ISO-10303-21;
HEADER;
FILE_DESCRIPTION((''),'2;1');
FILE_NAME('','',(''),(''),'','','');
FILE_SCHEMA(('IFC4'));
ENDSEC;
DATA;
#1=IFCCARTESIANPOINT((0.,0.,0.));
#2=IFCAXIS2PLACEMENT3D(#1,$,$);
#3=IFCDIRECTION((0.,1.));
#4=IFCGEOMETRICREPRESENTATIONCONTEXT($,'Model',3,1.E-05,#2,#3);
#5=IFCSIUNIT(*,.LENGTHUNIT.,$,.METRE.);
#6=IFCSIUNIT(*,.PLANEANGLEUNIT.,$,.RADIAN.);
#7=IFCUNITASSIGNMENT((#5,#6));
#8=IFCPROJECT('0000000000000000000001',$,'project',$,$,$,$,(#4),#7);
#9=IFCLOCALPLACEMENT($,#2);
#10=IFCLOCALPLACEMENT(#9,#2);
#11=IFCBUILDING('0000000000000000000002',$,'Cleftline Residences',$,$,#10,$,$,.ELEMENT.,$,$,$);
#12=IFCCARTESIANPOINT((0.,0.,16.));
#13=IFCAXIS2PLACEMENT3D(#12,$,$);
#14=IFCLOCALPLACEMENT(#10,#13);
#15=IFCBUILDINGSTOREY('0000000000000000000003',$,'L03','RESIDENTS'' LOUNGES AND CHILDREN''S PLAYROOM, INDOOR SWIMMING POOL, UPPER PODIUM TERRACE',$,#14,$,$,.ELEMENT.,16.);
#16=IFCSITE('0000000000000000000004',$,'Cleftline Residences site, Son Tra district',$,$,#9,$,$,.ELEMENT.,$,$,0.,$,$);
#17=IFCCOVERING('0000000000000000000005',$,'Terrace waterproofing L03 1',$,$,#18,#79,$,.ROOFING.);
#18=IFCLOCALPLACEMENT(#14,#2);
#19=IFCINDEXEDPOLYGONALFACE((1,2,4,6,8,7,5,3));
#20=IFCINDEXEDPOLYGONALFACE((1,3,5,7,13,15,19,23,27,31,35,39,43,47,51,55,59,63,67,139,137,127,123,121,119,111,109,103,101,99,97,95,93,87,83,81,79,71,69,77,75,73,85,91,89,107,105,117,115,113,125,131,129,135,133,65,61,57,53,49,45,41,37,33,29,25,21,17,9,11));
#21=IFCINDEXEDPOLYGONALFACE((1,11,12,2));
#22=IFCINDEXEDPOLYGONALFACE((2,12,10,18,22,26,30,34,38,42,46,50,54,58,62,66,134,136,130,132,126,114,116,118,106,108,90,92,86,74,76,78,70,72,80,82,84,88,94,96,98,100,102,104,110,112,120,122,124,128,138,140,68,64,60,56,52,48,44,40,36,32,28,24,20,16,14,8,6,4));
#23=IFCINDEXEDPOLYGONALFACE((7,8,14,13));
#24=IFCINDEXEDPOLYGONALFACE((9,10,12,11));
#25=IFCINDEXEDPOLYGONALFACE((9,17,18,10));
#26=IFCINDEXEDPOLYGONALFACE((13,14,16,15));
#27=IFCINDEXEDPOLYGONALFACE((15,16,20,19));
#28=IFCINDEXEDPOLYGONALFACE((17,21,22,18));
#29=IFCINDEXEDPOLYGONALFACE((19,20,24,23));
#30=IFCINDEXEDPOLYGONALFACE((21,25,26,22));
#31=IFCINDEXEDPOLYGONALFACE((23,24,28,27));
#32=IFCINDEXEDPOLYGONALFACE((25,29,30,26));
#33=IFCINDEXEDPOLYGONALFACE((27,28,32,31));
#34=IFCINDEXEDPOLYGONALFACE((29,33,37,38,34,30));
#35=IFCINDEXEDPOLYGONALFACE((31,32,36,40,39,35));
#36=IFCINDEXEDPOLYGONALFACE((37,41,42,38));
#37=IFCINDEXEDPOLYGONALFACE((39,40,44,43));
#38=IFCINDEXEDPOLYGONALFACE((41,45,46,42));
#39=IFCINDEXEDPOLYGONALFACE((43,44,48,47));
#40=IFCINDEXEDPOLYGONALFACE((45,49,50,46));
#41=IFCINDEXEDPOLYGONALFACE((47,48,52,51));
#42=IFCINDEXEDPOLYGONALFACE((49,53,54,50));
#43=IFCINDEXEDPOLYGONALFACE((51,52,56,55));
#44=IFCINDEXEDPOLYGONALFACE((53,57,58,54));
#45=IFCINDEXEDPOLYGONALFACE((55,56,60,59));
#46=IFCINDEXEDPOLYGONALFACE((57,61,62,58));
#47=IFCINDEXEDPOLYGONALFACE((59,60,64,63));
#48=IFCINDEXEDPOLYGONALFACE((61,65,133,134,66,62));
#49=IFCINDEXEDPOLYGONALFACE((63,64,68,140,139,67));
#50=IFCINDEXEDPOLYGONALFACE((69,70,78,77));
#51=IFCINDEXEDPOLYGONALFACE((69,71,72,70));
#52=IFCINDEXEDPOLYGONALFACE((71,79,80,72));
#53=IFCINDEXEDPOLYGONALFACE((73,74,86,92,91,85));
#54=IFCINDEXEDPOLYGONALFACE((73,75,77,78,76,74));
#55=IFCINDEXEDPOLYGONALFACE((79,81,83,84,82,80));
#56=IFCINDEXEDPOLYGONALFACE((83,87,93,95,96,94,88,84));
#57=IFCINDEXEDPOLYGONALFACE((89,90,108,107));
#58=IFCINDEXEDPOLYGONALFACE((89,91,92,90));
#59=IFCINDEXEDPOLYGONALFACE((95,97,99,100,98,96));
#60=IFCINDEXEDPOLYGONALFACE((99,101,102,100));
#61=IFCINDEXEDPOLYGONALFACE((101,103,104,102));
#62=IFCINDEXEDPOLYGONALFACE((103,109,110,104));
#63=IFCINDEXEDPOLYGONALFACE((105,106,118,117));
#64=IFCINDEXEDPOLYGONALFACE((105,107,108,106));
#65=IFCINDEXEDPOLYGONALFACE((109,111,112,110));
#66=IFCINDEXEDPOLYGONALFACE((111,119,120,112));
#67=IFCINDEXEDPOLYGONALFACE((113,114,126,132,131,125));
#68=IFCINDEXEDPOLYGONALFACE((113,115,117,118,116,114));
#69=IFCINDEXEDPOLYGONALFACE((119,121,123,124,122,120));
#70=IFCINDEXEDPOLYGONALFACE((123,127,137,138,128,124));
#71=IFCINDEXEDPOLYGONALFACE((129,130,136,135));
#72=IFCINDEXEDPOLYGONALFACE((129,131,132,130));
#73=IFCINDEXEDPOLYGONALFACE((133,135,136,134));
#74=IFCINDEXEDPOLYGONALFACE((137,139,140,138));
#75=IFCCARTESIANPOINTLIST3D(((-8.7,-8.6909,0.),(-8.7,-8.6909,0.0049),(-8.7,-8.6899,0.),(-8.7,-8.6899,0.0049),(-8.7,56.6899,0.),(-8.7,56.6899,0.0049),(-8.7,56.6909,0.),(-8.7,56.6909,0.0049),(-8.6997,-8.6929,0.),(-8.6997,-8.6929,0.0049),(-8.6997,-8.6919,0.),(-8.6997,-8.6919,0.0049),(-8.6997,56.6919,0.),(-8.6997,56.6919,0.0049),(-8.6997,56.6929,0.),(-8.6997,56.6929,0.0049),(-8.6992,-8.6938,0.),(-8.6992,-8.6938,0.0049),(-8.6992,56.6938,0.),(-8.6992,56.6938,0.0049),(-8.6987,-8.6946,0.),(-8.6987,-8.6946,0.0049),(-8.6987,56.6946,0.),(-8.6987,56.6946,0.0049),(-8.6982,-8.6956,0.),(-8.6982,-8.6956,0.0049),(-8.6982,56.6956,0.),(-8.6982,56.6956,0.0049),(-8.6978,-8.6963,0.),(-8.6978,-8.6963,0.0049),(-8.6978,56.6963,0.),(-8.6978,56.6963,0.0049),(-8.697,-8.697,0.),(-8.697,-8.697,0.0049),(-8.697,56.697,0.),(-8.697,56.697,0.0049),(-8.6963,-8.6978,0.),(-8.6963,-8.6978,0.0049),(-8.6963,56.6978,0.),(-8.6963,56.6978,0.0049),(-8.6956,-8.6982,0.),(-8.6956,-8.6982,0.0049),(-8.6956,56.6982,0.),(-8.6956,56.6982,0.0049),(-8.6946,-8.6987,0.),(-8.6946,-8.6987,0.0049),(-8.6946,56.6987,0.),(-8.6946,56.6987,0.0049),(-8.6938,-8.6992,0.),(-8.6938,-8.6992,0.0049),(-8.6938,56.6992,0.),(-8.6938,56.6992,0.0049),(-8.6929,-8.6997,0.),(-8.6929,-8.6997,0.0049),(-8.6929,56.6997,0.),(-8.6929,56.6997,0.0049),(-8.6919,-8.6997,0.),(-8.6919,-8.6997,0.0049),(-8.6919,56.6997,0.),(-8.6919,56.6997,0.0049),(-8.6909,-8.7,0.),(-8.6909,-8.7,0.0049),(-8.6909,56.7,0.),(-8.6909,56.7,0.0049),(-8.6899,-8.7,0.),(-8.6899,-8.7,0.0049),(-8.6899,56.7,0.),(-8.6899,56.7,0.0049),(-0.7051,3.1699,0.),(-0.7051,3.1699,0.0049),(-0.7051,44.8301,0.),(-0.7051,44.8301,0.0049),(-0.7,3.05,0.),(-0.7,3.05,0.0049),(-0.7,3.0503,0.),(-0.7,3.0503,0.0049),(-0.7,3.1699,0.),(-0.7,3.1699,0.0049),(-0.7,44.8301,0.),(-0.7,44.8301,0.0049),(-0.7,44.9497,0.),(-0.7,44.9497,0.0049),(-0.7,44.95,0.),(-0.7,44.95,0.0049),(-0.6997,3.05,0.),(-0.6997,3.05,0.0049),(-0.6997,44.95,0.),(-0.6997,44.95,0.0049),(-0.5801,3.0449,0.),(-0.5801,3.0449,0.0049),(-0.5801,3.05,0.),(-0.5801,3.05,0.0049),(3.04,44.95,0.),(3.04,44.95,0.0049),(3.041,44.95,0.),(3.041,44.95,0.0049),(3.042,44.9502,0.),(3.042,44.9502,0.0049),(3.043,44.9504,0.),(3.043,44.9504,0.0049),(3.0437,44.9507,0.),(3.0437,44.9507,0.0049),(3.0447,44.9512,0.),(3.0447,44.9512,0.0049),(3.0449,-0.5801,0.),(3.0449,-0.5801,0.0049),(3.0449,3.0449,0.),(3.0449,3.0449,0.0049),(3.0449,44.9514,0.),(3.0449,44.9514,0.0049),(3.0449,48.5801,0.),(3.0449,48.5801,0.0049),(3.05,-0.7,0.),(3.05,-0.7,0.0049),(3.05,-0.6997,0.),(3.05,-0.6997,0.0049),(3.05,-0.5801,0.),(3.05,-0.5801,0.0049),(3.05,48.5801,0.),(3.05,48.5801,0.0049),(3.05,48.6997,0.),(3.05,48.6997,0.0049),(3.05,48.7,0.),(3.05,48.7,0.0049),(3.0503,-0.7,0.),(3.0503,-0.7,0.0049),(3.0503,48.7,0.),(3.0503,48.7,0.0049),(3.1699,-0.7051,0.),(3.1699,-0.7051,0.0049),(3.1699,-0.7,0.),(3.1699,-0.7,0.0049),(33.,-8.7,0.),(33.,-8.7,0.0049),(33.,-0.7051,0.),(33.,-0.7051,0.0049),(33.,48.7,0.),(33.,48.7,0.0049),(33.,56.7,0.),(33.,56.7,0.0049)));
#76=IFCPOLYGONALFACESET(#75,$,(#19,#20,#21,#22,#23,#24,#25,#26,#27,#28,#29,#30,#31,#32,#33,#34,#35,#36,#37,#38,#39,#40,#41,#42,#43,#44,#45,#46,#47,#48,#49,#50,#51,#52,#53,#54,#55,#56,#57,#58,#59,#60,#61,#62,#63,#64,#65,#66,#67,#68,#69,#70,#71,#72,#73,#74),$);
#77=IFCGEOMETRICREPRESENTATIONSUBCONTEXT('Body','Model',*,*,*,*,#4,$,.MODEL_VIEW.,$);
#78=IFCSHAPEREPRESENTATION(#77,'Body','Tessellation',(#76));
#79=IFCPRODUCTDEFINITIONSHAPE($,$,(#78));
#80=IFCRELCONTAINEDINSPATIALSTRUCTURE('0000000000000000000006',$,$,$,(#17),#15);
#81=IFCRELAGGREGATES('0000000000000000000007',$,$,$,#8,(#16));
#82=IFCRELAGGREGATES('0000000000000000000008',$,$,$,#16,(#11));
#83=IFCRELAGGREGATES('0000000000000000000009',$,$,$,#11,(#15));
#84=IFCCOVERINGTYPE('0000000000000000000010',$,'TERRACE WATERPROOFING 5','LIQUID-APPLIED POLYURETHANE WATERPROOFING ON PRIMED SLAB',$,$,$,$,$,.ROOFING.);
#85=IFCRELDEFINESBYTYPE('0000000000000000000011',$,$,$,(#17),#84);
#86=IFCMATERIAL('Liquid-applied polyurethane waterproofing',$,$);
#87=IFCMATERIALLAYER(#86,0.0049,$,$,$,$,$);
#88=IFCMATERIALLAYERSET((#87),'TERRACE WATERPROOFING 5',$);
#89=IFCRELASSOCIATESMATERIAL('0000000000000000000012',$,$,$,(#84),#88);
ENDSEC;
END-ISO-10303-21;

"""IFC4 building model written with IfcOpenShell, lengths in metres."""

from ifc_helpers import new_model, si_unit, direction, frame, origin, place, context, subcontext, project, spatial, polyline, outline, extrude, material, layer, layer_set, type_object, element, save


model = new_model("IFC4")

# Units and contexts
model_context = context("Model", 3, precision=1e-05, world=origin(), true_north=direction((0.0, 1.0)))
body_context = subcontext(model_context, "Body", "Model", "MODEL_VIEW")
ifc_project = project(units=[si_unit("LENGTHUNIT", "METRE"), si_unit("PLANEANGLEUNIT", "RADIAN")], contexts=[model_context])

# Site, building, storey
site_placement = place(None, origin())
site = spatial("IfcSite", under=ifc_project, at=site_placement, Name="Cleftline Residences site, Son Tra district", CompositionType="ELEMENT", RefElevation=0.0)
building_placement = place(site_placement, origin())
building = spatial("IfcBuilding", under=site, at=building_placement, Name="Cleftline Residences", CompositionType="ELEMENT")
storey_placement = place(building_placement, frame((0.0, 0.0, 16.0)))
storey = spatial("IfcBuildingStorey", under=building, at=storey_placement, Name="L03", Description="RESIDENTS' LOUNGES AND CHILDREN'S PLAYROOM, INDOOR SWIMMING POOL, UPPER PODIUM TERRACE", CompositionType="ELEMENT", Elevation=16.0)

# Covering
ifc_material_1 = material(Name="Liquid-applied polyurethane waterproofing")
ifc_layer_1 = layer(ifc_material_1, 0.0049)
ifc_layer_set_1 = layer_set([ifc_layer_1], Name="TERRACE WATERPROOFING 5")
covering_type_1 = type_object("IfcCoveringType", Name="TERRACE WATERPROOFING 5", Description="LIQUID-APPLIED POLYURETHANE WATERPROOFING ON PRIMED SLAB", PredefinedType="ROOFING", material=ifc_layer_set_1)
covering_1_placement = place(storey_placement, origin())
element("IfcCovering", 1, at=covering_1_placement, inside=storey, type_object=covering_type_1, Name="Terrace waterproofing L03 1", PredefinedType="ROOFING", context=body_context, shape_type="SweptSolid", body=[
    extrude(outline(polyline([(-8.6899, -8.7), (33.0, -8.7), (33.0, -0.7051), (3.1699, -0.7051), (3.1699, -0.7), (3.0503, -0.7), (3.05, -0.7), (3.05, -0.6997), (3.05, -0.5801), (3.0449, -0.5801), (3.0449, 3.0449), (-0.5801, 3.0449), (-0.5801, 3.05), (-0.6997, 3.05), (-0.7, 3.05), (-0.7, 3.0503), (-0.7, 3.1699), (-0.7051, 3.1699), (-0.7051, 44.8301), (-0.7, 44.8301), (-0.7, 44.9497), (-0.7, 44.95), (-0.6997, 44.95), (3.04, 44.95), (3.041, 44.95), (3.042, 44.9502), (3.043, 44.9504), (3.0437, 44.9507), (3.0447, 44.9512), (3.0449, 44.9514), (3.0449, 48.5801), (3.05, 48.5801), (3.05, 48.6997), (3.05, 48.7), (3.0503, 48.7), (33.0, 48.7), (33.0, 56.7), (-8.6899, 56.7), (-8.6909, 56.7), (-8.6919, 56.6997), (-8.6929, 56.6997), (-8.6938, 56.6992), (-8.6946, 56.6987), (-8.6956, 56.6982), (-8.6963, 56.6978), (-8.697, 56.697), (-8.6978, 56.6963), (-8.6982, 56.6956), (-8.6987, 56.6946), (-8.6992, 56.6938), (-8.6997, 56.6929), (-8.6997, 56.6919), (-8.7, 56.6909), (-8.7, 56.6899), (-8.7, -8.6899), (-8.7, -8.6909), (-8.6997, -8.6919), (-8.6997, -8.6929), (-8.6992, -8.6938), (-8.6987, -8.6946), (-8.6982, -8.6956), (-8.6978, -8.6963), (-8.697, -8.697), (-8.6963, -8.6978), (-8.6956, -8.6982), (-8.6946, -8.6987), (-8.6938, -8.6992), (-8.6929, -8.6997), (-8.6919, -8.6997), (-8.6909, -8.7), (-8.6899, -8.7)])), origin(), (0.0, 0.0, 1.0), 0.0049),
])

save(model, "model.ifc")
